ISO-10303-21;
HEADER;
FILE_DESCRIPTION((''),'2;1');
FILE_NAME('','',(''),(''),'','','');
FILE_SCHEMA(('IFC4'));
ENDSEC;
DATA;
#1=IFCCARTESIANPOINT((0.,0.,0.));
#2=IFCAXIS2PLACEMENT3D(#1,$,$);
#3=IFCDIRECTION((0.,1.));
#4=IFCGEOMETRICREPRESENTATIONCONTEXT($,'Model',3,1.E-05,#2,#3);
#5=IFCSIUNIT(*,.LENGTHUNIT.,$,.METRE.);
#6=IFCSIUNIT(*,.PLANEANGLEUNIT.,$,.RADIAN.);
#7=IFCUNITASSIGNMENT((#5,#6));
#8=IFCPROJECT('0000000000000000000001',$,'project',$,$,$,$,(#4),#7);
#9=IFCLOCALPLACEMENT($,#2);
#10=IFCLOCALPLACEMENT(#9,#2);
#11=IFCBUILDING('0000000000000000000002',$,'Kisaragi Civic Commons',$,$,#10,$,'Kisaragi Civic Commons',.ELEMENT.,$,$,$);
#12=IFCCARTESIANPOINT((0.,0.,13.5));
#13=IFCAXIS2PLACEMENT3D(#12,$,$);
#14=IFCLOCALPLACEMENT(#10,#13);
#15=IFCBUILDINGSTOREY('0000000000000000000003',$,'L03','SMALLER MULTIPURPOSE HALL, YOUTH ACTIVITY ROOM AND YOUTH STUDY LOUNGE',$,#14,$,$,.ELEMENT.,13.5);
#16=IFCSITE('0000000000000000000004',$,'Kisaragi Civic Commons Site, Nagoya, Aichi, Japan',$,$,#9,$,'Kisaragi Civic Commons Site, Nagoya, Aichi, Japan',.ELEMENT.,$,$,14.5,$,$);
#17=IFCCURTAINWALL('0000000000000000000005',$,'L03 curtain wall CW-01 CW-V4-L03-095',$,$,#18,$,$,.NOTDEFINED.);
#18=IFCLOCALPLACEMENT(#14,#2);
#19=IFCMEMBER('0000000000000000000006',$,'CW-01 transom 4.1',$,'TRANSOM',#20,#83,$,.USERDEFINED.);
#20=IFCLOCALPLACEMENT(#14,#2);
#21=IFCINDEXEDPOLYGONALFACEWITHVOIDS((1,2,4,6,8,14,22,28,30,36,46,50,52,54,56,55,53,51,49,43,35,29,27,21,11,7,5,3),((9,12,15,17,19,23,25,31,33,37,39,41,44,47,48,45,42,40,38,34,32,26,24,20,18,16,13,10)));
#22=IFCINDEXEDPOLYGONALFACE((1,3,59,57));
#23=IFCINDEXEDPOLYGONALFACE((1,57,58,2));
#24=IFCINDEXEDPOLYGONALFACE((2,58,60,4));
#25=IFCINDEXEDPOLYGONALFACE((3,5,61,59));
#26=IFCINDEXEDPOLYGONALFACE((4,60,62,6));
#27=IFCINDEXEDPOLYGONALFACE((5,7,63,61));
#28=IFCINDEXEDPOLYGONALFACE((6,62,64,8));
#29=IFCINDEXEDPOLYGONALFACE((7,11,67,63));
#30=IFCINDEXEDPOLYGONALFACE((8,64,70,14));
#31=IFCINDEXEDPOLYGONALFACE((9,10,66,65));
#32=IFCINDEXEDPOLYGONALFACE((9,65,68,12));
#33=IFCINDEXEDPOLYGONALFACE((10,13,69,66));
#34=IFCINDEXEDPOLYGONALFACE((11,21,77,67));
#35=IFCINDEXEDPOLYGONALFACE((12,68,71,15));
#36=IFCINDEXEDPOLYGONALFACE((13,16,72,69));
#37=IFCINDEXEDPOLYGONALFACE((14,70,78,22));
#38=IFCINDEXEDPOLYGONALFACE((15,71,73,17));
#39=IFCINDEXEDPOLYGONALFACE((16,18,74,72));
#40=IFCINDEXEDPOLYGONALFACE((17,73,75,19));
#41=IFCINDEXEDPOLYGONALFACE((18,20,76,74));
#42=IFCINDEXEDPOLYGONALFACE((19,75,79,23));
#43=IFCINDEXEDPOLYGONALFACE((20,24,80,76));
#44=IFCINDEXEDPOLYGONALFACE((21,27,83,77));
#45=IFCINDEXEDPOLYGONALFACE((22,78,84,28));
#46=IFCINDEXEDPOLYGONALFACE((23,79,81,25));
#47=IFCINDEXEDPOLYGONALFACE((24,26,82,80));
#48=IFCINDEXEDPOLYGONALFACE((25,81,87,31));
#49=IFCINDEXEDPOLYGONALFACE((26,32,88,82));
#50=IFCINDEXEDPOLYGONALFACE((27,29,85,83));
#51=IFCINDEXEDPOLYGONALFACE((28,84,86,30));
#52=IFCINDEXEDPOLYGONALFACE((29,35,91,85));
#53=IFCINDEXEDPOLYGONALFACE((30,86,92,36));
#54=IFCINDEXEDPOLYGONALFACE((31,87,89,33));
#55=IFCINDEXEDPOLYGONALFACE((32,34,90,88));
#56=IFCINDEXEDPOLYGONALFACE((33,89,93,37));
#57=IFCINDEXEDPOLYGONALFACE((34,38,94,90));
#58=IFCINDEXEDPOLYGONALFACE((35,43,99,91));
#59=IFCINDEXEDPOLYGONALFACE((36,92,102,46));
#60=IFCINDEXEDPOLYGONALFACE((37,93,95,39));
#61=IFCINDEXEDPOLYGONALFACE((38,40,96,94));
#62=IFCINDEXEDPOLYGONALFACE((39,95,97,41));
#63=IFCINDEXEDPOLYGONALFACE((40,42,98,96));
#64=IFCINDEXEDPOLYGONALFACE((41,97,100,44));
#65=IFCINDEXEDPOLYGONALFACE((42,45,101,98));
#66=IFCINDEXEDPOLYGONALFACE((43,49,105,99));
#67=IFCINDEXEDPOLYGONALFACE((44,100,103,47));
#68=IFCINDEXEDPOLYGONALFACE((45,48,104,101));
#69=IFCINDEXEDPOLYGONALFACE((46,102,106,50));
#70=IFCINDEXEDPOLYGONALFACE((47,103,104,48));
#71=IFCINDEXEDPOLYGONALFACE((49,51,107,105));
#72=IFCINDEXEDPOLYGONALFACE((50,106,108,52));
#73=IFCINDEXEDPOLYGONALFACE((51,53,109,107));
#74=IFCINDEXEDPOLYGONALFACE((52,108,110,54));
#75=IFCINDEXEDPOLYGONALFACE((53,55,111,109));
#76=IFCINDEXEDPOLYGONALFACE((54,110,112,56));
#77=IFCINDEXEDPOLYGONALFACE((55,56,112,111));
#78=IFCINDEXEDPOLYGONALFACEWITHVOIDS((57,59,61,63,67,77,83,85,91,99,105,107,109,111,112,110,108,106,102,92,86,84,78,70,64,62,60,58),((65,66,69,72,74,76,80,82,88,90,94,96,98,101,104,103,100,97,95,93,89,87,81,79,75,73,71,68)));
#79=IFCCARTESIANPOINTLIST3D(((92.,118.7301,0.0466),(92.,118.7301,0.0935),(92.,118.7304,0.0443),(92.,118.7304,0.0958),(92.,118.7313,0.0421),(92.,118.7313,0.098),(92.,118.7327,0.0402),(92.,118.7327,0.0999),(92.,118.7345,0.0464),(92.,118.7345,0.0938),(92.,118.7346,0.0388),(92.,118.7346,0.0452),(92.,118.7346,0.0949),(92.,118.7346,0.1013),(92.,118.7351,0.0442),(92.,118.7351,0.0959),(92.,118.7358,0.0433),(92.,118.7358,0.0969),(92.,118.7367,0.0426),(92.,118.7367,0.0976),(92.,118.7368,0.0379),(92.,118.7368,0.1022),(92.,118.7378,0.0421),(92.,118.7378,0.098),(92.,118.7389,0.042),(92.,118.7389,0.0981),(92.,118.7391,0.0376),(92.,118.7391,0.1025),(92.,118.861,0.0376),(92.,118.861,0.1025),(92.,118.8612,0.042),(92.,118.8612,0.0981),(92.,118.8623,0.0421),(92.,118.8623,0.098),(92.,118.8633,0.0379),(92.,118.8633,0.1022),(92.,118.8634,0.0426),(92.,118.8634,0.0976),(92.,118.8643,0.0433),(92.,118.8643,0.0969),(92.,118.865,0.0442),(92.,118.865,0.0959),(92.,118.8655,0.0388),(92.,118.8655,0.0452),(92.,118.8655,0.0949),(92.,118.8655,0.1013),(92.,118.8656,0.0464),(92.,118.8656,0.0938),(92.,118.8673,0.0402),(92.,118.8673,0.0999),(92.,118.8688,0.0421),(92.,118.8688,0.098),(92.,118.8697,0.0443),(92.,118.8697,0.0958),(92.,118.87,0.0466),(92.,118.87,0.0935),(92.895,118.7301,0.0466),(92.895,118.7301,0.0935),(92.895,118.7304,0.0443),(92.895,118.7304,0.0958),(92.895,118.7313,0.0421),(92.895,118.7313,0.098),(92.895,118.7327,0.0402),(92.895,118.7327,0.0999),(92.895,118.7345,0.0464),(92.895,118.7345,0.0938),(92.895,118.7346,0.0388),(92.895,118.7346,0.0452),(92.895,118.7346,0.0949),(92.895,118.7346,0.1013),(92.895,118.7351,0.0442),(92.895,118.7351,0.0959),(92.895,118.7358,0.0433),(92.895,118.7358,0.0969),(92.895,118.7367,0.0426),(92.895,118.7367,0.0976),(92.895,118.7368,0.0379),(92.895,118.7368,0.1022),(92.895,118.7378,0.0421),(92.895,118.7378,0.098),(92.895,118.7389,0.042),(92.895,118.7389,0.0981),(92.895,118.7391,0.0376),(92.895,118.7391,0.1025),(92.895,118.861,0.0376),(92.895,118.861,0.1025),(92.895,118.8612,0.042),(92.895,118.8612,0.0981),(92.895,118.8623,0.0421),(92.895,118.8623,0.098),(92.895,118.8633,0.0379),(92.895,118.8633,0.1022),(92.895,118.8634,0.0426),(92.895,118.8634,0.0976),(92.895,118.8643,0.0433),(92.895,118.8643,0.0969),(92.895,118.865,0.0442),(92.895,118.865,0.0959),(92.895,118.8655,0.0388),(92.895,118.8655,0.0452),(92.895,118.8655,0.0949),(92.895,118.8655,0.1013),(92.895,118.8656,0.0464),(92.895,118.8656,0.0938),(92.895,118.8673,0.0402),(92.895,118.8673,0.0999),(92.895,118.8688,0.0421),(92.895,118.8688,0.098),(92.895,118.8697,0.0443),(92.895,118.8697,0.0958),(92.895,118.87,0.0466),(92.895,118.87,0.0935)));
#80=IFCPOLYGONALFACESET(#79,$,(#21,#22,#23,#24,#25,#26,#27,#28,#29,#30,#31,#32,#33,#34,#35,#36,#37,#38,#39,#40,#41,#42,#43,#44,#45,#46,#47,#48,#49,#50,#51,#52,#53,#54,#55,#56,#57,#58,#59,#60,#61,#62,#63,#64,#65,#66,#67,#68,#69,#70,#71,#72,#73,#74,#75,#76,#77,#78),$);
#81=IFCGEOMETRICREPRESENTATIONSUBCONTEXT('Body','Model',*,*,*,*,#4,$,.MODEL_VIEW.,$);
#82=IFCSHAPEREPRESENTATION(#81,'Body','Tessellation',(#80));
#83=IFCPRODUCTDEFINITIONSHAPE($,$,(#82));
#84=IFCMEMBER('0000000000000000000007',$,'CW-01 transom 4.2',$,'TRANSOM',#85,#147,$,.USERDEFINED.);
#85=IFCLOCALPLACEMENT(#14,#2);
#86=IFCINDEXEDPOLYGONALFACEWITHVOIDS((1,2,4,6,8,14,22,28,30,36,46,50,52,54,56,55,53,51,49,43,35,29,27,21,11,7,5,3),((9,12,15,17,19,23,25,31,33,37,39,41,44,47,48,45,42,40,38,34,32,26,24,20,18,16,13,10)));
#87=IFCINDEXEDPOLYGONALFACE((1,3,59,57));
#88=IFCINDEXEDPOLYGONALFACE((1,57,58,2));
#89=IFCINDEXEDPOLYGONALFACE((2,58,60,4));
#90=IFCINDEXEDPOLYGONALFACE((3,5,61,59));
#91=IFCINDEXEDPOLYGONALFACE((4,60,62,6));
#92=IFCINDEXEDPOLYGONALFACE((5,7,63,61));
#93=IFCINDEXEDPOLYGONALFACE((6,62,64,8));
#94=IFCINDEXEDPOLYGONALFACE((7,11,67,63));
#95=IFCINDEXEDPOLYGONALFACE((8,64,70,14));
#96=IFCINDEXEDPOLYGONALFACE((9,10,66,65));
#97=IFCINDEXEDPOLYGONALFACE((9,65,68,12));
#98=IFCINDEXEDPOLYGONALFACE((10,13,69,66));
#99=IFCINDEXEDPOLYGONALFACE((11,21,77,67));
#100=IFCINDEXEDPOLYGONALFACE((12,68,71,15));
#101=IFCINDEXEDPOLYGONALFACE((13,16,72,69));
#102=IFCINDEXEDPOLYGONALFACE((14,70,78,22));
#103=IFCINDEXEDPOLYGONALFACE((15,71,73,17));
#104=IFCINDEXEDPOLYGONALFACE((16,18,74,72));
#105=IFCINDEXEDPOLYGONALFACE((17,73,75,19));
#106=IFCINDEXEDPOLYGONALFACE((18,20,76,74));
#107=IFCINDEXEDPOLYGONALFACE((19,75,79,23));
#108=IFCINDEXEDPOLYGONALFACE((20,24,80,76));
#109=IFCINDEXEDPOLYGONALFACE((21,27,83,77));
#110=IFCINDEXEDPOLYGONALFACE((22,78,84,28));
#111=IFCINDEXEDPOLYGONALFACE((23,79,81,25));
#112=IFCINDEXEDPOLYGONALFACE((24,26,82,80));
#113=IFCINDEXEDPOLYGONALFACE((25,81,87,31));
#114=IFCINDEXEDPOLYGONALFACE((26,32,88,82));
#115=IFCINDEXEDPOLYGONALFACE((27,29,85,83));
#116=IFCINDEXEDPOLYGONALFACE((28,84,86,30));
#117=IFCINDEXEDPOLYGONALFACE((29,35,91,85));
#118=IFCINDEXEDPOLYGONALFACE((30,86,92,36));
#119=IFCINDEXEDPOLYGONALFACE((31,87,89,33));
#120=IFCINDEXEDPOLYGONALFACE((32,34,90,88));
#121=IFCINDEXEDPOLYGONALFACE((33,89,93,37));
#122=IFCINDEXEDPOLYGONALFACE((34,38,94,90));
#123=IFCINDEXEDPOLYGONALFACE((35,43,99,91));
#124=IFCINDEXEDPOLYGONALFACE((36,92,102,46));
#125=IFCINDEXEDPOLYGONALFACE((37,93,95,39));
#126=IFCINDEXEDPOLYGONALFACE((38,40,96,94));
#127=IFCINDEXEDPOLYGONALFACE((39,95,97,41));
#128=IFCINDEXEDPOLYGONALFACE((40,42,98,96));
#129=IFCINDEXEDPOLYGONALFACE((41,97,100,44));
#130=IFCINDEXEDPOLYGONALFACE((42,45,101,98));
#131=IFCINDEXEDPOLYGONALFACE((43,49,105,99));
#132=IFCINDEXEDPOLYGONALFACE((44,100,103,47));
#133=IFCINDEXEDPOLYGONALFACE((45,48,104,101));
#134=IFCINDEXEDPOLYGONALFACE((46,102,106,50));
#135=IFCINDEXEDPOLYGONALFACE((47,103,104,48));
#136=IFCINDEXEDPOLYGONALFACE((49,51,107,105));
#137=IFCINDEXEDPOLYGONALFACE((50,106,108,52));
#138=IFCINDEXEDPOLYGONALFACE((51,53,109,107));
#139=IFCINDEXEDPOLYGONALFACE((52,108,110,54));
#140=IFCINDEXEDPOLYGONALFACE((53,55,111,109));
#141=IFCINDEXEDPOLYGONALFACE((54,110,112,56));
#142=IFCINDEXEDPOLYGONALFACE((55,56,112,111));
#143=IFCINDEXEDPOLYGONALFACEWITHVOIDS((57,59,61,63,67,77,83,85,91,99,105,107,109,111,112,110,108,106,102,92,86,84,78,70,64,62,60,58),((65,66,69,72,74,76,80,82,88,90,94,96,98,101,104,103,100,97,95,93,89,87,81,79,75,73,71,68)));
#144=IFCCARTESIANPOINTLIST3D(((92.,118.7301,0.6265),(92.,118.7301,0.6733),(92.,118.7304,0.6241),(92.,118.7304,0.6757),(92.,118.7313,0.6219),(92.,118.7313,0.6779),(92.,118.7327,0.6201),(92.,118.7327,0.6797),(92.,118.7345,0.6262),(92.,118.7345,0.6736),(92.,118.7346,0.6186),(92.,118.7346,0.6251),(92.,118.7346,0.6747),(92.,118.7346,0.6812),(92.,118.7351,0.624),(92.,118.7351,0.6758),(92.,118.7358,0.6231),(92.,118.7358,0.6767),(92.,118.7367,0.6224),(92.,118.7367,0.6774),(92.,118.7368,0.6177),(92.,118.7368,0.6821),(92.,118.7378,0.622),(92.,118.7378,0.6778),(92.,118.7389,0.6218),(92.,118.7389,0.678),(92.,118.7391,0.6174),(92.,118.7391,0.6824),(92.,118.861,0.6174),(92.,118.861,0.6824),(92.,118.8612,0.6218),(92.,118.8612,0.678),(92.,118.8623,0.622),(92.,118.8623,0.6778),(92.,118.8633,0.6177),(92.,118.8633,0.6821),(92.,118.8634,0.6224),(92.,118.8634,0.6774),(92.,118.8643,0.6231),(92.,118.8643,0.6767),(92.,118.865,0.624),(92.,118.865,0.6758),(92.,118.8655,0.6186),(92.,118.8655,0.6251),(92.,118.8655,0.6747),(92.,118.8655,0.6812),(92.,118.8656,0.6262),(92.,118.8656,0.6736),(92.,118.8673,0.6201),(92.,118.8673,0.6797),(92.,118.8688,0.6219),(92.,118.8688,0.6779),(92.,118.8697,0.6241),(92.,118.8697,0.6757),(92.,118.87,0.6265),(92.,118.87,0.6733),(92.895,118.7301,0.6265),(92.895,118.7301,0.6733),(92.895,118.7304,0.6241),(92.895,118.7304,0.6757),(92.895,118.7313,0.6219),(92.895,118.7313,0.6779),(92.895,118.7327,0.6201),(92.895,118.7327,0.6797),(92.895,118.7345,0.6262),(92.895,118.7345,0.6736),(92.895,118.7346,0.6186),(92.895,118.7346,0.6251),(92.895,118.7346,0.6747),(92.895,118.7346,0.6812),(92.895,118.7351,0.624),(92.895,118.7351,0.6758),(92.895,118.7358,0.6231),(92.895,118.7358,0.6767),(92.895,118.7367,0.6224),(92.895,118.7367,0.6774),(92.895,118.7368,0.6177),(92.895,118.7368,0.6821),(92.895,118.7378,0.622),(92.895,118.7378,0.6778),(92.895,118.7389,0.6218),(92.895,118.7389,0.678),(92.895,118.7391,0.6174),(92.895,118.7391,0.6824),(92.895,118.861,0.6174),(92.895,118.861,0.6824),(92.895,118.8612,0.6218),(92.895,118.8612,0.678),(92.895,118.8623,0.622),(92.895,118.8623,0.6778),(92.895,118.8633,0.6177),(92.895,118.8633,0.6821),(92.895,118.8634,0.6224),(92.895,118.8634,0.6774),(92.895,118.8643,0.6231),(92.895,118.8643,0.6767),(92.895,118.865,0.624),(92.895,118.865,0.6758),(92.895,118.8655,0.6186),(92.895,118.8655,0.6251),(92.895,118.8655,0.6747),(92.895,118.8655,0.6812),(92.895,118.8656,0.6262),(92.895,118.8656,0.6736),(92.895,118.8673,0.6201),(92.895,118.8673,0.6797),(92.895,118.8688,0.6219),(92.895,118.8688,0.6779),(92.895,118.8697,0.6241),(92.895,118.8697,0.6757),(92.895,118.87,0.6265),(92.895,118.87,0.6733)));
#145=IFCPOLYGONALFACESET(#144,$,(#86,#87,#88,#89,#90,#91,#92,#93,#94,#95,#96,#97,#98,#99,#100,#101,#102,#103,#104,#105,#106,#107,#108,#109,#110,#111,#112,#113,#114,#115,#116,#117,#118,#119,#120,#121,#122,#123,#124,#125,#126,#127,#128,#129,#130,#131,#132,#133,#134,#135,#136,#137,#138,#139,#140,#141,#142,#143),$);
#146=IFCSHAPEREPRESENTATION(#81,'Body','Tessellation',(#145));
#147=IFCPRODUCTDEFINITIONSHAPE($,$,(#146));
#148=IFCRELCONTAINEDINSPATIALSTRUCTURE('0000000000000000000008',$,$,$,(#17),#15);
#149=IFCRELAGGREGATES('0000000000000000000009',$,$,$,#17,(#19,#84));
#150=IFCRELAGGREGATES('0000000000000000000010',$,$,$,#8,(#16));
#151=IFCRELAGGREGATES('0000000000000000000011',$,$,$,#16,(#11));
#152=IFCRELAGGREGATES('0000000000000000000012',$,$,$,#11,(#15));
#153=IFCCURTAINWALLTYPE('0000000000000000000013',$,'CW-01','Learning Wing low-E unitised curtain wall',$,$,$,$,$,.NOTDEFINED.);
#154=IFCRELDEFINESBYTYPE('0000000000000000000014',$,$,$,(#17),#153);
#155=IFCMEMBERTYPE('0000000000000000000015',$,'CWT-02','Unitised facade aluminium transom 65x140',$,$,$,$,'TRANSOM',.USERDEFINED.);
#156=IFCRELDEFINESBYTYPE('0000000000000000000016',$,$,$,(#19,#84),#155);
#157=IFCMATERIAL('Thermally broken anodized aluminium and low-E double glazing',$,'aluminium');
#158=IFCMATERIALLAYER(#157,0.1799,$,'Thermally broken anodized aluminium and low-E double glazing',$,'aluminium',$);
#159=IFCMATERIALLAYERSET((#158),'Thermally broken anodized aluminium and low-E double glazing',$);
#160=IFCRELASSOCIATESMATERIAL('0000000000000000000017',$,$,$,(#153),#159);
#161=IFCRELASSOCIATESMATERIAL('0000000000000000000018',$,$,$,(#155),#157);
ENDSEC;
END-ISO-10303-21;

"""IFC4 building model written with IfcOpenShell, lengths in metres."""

from ifc_helpers import new_model, si_unit, direction, frame, origin, origin_2d, place, context, subcontext, project, spatial, hollow_rectangle, extrude, material, layer, layer_set, material_profile, profile_set, type_object, element, aggregate, save


model = new_model("IFC4")

# Units and contexts
model_context = context("Model", 3, precision=1e-05, world=origin(), true_north=direction((0.0, 1.0)))
body_context = subcontext(model_context, "Body", "Model", "MODEL_VIEW")
ifc_project = project(units=[si_unit("LENGTHUNIT", "METRE"), si_unit("PLANEANGLEUNIT", "RADIAN")], contexts=[model_context])

# Site, building, storey
site_placement = place(None, origin())
site = spatial("IfcSite", under=ifc_project, at=site_placement, Name="Kisaragi Civic Commons Site, Nagoya, Aichi, Japan", LongName="Kisaragi Civic Commons Site, Nagoya, Aichi, Japan", CompositionType="ELEMENT", RefElevation=14.5)
building_placement = place(site_placement, origin())
building = spatial("IfcBuilding", under=site, at=building_placement, Name="Kisaragi Civic Commons", LongName="Kisaragi Civic Commons", CompositionType="ELEMENT")
storey_placement = place(building_placement, frame((0.0, 0.0, 13.5)))
storey = spatial("IfcBuildingStorey", under=building, at=storey_placement, Name="L03", Description="SMALLER MULTIPURPOSE HALL, YOUTH ACTIVITY ROOM AND YOUTH STUDY LOUNGE", CompositionType="ELEMENT", Elevation=13.5)

# Curtain wall
ifc_material_1 = material(Name="Thermally broken anodized aluminium and low-E double glazing", Category="aluminium")
ifc_layer_1 = layer(ifc_material_1, 0.1799, Name="Thermally broken anodized aluminium and low-E double glazing", Category="aluminium")
ifc_layer_set_1 = layer_set([ifc_layer_1], Name="Thermally broken anodized aluminium and low-E double glazing")
curtain_wall_type = type_object("IfcCurtainWallType", Name="CW-01", Description="Learning Wing low-E unitised curtain wall", PredefinedType="NOTDEFINED", material=ifc_layer_set_1)
curtain_wall_1_placement = place(storey_placement, origin())
curtain_wall_1 = element("IfcCurtainWall", 1, at=curtain_wall_1_placement, inside=storey, type_object=curtain_wall_type, Name="L03 curtain wall CW-01 CW-V4-L03-095", PredefinedType="NOTDEFINED")

# Members
ifc_material_profile_1 = material_profile(ifc_material_1, hollow_rectangle(XDim=0.1399, YDim=0.0649, WallThickness=0.0044, InnerFilletRadius=0.0044, OuterFilletRadius=0.009, at=origin_2d()), Name="CWT-65x140x4.5", Category="aluminium")
ifc_profile_set_1 = profile_set([ifc_material_profile_1], Name="Thermally broken anodized aluminium and low-E double glazing")
member_type_1 = type_object("IfcMemberType", Name="CWT-02", Description="Unitised facade aluminium transom 65x140", ElementType="TRANSOM", PredefinedType="USERDEFINED", material=ifc_profile_set_1)
member_1_placement = place(storey_placement, frame((92.0, 118.8, 0.0701), z_axis=(1.0, 0.0, 0.0), x_axis=(0.0, 1.0, 0.0)))
member_1 = element("IfcMember", 2, at=member_1_placement, type_object=member_type_1, Name="CW-01 transom 4.1", ObjectType="TRANSOM", PredefinedType="USERDEFINED", context=body_context, shape_type="SweptSolid", body=[
    extrude(hollow_rectangle(XDim=0.1399, YDim=0.0649, WallThickness=0.0044, InnerFilletRadius=0.0044, OuterFilletRadius=0.009, at=origin_2d()), origin(), (0.0, 0.0, 1.0), 0.895),
])
member_2_placement = place(storey_placement, frame((92.0, 118.8, 0.6499), z_axis=(1.0, 0.0, 0.0), x_axis=(0.0, 1.0, 0.0)))
member_2 = element("IfcMember", 3, at=member_2_placement, type_object=member_type_1, Name="CW-01 transom 4.2", ObjectType="TRANSOM", PredefinedType="USERDEFINED", context=body_context, shape_type="SweptSolid", body=[
    extrude(hollow_rectangle(XDim=0.1399, YDim=0.0649, WallThickness=0.0044, InnerFilletRadius=0.0044, OuterFilletRadius=0.009, at=origin_2d()), origin(), (0.0, 0.0, 1.0), 0.895),
])

aggregate(curtain_wall_1, [member_1, member_2])

save(model, "model.ifc")
